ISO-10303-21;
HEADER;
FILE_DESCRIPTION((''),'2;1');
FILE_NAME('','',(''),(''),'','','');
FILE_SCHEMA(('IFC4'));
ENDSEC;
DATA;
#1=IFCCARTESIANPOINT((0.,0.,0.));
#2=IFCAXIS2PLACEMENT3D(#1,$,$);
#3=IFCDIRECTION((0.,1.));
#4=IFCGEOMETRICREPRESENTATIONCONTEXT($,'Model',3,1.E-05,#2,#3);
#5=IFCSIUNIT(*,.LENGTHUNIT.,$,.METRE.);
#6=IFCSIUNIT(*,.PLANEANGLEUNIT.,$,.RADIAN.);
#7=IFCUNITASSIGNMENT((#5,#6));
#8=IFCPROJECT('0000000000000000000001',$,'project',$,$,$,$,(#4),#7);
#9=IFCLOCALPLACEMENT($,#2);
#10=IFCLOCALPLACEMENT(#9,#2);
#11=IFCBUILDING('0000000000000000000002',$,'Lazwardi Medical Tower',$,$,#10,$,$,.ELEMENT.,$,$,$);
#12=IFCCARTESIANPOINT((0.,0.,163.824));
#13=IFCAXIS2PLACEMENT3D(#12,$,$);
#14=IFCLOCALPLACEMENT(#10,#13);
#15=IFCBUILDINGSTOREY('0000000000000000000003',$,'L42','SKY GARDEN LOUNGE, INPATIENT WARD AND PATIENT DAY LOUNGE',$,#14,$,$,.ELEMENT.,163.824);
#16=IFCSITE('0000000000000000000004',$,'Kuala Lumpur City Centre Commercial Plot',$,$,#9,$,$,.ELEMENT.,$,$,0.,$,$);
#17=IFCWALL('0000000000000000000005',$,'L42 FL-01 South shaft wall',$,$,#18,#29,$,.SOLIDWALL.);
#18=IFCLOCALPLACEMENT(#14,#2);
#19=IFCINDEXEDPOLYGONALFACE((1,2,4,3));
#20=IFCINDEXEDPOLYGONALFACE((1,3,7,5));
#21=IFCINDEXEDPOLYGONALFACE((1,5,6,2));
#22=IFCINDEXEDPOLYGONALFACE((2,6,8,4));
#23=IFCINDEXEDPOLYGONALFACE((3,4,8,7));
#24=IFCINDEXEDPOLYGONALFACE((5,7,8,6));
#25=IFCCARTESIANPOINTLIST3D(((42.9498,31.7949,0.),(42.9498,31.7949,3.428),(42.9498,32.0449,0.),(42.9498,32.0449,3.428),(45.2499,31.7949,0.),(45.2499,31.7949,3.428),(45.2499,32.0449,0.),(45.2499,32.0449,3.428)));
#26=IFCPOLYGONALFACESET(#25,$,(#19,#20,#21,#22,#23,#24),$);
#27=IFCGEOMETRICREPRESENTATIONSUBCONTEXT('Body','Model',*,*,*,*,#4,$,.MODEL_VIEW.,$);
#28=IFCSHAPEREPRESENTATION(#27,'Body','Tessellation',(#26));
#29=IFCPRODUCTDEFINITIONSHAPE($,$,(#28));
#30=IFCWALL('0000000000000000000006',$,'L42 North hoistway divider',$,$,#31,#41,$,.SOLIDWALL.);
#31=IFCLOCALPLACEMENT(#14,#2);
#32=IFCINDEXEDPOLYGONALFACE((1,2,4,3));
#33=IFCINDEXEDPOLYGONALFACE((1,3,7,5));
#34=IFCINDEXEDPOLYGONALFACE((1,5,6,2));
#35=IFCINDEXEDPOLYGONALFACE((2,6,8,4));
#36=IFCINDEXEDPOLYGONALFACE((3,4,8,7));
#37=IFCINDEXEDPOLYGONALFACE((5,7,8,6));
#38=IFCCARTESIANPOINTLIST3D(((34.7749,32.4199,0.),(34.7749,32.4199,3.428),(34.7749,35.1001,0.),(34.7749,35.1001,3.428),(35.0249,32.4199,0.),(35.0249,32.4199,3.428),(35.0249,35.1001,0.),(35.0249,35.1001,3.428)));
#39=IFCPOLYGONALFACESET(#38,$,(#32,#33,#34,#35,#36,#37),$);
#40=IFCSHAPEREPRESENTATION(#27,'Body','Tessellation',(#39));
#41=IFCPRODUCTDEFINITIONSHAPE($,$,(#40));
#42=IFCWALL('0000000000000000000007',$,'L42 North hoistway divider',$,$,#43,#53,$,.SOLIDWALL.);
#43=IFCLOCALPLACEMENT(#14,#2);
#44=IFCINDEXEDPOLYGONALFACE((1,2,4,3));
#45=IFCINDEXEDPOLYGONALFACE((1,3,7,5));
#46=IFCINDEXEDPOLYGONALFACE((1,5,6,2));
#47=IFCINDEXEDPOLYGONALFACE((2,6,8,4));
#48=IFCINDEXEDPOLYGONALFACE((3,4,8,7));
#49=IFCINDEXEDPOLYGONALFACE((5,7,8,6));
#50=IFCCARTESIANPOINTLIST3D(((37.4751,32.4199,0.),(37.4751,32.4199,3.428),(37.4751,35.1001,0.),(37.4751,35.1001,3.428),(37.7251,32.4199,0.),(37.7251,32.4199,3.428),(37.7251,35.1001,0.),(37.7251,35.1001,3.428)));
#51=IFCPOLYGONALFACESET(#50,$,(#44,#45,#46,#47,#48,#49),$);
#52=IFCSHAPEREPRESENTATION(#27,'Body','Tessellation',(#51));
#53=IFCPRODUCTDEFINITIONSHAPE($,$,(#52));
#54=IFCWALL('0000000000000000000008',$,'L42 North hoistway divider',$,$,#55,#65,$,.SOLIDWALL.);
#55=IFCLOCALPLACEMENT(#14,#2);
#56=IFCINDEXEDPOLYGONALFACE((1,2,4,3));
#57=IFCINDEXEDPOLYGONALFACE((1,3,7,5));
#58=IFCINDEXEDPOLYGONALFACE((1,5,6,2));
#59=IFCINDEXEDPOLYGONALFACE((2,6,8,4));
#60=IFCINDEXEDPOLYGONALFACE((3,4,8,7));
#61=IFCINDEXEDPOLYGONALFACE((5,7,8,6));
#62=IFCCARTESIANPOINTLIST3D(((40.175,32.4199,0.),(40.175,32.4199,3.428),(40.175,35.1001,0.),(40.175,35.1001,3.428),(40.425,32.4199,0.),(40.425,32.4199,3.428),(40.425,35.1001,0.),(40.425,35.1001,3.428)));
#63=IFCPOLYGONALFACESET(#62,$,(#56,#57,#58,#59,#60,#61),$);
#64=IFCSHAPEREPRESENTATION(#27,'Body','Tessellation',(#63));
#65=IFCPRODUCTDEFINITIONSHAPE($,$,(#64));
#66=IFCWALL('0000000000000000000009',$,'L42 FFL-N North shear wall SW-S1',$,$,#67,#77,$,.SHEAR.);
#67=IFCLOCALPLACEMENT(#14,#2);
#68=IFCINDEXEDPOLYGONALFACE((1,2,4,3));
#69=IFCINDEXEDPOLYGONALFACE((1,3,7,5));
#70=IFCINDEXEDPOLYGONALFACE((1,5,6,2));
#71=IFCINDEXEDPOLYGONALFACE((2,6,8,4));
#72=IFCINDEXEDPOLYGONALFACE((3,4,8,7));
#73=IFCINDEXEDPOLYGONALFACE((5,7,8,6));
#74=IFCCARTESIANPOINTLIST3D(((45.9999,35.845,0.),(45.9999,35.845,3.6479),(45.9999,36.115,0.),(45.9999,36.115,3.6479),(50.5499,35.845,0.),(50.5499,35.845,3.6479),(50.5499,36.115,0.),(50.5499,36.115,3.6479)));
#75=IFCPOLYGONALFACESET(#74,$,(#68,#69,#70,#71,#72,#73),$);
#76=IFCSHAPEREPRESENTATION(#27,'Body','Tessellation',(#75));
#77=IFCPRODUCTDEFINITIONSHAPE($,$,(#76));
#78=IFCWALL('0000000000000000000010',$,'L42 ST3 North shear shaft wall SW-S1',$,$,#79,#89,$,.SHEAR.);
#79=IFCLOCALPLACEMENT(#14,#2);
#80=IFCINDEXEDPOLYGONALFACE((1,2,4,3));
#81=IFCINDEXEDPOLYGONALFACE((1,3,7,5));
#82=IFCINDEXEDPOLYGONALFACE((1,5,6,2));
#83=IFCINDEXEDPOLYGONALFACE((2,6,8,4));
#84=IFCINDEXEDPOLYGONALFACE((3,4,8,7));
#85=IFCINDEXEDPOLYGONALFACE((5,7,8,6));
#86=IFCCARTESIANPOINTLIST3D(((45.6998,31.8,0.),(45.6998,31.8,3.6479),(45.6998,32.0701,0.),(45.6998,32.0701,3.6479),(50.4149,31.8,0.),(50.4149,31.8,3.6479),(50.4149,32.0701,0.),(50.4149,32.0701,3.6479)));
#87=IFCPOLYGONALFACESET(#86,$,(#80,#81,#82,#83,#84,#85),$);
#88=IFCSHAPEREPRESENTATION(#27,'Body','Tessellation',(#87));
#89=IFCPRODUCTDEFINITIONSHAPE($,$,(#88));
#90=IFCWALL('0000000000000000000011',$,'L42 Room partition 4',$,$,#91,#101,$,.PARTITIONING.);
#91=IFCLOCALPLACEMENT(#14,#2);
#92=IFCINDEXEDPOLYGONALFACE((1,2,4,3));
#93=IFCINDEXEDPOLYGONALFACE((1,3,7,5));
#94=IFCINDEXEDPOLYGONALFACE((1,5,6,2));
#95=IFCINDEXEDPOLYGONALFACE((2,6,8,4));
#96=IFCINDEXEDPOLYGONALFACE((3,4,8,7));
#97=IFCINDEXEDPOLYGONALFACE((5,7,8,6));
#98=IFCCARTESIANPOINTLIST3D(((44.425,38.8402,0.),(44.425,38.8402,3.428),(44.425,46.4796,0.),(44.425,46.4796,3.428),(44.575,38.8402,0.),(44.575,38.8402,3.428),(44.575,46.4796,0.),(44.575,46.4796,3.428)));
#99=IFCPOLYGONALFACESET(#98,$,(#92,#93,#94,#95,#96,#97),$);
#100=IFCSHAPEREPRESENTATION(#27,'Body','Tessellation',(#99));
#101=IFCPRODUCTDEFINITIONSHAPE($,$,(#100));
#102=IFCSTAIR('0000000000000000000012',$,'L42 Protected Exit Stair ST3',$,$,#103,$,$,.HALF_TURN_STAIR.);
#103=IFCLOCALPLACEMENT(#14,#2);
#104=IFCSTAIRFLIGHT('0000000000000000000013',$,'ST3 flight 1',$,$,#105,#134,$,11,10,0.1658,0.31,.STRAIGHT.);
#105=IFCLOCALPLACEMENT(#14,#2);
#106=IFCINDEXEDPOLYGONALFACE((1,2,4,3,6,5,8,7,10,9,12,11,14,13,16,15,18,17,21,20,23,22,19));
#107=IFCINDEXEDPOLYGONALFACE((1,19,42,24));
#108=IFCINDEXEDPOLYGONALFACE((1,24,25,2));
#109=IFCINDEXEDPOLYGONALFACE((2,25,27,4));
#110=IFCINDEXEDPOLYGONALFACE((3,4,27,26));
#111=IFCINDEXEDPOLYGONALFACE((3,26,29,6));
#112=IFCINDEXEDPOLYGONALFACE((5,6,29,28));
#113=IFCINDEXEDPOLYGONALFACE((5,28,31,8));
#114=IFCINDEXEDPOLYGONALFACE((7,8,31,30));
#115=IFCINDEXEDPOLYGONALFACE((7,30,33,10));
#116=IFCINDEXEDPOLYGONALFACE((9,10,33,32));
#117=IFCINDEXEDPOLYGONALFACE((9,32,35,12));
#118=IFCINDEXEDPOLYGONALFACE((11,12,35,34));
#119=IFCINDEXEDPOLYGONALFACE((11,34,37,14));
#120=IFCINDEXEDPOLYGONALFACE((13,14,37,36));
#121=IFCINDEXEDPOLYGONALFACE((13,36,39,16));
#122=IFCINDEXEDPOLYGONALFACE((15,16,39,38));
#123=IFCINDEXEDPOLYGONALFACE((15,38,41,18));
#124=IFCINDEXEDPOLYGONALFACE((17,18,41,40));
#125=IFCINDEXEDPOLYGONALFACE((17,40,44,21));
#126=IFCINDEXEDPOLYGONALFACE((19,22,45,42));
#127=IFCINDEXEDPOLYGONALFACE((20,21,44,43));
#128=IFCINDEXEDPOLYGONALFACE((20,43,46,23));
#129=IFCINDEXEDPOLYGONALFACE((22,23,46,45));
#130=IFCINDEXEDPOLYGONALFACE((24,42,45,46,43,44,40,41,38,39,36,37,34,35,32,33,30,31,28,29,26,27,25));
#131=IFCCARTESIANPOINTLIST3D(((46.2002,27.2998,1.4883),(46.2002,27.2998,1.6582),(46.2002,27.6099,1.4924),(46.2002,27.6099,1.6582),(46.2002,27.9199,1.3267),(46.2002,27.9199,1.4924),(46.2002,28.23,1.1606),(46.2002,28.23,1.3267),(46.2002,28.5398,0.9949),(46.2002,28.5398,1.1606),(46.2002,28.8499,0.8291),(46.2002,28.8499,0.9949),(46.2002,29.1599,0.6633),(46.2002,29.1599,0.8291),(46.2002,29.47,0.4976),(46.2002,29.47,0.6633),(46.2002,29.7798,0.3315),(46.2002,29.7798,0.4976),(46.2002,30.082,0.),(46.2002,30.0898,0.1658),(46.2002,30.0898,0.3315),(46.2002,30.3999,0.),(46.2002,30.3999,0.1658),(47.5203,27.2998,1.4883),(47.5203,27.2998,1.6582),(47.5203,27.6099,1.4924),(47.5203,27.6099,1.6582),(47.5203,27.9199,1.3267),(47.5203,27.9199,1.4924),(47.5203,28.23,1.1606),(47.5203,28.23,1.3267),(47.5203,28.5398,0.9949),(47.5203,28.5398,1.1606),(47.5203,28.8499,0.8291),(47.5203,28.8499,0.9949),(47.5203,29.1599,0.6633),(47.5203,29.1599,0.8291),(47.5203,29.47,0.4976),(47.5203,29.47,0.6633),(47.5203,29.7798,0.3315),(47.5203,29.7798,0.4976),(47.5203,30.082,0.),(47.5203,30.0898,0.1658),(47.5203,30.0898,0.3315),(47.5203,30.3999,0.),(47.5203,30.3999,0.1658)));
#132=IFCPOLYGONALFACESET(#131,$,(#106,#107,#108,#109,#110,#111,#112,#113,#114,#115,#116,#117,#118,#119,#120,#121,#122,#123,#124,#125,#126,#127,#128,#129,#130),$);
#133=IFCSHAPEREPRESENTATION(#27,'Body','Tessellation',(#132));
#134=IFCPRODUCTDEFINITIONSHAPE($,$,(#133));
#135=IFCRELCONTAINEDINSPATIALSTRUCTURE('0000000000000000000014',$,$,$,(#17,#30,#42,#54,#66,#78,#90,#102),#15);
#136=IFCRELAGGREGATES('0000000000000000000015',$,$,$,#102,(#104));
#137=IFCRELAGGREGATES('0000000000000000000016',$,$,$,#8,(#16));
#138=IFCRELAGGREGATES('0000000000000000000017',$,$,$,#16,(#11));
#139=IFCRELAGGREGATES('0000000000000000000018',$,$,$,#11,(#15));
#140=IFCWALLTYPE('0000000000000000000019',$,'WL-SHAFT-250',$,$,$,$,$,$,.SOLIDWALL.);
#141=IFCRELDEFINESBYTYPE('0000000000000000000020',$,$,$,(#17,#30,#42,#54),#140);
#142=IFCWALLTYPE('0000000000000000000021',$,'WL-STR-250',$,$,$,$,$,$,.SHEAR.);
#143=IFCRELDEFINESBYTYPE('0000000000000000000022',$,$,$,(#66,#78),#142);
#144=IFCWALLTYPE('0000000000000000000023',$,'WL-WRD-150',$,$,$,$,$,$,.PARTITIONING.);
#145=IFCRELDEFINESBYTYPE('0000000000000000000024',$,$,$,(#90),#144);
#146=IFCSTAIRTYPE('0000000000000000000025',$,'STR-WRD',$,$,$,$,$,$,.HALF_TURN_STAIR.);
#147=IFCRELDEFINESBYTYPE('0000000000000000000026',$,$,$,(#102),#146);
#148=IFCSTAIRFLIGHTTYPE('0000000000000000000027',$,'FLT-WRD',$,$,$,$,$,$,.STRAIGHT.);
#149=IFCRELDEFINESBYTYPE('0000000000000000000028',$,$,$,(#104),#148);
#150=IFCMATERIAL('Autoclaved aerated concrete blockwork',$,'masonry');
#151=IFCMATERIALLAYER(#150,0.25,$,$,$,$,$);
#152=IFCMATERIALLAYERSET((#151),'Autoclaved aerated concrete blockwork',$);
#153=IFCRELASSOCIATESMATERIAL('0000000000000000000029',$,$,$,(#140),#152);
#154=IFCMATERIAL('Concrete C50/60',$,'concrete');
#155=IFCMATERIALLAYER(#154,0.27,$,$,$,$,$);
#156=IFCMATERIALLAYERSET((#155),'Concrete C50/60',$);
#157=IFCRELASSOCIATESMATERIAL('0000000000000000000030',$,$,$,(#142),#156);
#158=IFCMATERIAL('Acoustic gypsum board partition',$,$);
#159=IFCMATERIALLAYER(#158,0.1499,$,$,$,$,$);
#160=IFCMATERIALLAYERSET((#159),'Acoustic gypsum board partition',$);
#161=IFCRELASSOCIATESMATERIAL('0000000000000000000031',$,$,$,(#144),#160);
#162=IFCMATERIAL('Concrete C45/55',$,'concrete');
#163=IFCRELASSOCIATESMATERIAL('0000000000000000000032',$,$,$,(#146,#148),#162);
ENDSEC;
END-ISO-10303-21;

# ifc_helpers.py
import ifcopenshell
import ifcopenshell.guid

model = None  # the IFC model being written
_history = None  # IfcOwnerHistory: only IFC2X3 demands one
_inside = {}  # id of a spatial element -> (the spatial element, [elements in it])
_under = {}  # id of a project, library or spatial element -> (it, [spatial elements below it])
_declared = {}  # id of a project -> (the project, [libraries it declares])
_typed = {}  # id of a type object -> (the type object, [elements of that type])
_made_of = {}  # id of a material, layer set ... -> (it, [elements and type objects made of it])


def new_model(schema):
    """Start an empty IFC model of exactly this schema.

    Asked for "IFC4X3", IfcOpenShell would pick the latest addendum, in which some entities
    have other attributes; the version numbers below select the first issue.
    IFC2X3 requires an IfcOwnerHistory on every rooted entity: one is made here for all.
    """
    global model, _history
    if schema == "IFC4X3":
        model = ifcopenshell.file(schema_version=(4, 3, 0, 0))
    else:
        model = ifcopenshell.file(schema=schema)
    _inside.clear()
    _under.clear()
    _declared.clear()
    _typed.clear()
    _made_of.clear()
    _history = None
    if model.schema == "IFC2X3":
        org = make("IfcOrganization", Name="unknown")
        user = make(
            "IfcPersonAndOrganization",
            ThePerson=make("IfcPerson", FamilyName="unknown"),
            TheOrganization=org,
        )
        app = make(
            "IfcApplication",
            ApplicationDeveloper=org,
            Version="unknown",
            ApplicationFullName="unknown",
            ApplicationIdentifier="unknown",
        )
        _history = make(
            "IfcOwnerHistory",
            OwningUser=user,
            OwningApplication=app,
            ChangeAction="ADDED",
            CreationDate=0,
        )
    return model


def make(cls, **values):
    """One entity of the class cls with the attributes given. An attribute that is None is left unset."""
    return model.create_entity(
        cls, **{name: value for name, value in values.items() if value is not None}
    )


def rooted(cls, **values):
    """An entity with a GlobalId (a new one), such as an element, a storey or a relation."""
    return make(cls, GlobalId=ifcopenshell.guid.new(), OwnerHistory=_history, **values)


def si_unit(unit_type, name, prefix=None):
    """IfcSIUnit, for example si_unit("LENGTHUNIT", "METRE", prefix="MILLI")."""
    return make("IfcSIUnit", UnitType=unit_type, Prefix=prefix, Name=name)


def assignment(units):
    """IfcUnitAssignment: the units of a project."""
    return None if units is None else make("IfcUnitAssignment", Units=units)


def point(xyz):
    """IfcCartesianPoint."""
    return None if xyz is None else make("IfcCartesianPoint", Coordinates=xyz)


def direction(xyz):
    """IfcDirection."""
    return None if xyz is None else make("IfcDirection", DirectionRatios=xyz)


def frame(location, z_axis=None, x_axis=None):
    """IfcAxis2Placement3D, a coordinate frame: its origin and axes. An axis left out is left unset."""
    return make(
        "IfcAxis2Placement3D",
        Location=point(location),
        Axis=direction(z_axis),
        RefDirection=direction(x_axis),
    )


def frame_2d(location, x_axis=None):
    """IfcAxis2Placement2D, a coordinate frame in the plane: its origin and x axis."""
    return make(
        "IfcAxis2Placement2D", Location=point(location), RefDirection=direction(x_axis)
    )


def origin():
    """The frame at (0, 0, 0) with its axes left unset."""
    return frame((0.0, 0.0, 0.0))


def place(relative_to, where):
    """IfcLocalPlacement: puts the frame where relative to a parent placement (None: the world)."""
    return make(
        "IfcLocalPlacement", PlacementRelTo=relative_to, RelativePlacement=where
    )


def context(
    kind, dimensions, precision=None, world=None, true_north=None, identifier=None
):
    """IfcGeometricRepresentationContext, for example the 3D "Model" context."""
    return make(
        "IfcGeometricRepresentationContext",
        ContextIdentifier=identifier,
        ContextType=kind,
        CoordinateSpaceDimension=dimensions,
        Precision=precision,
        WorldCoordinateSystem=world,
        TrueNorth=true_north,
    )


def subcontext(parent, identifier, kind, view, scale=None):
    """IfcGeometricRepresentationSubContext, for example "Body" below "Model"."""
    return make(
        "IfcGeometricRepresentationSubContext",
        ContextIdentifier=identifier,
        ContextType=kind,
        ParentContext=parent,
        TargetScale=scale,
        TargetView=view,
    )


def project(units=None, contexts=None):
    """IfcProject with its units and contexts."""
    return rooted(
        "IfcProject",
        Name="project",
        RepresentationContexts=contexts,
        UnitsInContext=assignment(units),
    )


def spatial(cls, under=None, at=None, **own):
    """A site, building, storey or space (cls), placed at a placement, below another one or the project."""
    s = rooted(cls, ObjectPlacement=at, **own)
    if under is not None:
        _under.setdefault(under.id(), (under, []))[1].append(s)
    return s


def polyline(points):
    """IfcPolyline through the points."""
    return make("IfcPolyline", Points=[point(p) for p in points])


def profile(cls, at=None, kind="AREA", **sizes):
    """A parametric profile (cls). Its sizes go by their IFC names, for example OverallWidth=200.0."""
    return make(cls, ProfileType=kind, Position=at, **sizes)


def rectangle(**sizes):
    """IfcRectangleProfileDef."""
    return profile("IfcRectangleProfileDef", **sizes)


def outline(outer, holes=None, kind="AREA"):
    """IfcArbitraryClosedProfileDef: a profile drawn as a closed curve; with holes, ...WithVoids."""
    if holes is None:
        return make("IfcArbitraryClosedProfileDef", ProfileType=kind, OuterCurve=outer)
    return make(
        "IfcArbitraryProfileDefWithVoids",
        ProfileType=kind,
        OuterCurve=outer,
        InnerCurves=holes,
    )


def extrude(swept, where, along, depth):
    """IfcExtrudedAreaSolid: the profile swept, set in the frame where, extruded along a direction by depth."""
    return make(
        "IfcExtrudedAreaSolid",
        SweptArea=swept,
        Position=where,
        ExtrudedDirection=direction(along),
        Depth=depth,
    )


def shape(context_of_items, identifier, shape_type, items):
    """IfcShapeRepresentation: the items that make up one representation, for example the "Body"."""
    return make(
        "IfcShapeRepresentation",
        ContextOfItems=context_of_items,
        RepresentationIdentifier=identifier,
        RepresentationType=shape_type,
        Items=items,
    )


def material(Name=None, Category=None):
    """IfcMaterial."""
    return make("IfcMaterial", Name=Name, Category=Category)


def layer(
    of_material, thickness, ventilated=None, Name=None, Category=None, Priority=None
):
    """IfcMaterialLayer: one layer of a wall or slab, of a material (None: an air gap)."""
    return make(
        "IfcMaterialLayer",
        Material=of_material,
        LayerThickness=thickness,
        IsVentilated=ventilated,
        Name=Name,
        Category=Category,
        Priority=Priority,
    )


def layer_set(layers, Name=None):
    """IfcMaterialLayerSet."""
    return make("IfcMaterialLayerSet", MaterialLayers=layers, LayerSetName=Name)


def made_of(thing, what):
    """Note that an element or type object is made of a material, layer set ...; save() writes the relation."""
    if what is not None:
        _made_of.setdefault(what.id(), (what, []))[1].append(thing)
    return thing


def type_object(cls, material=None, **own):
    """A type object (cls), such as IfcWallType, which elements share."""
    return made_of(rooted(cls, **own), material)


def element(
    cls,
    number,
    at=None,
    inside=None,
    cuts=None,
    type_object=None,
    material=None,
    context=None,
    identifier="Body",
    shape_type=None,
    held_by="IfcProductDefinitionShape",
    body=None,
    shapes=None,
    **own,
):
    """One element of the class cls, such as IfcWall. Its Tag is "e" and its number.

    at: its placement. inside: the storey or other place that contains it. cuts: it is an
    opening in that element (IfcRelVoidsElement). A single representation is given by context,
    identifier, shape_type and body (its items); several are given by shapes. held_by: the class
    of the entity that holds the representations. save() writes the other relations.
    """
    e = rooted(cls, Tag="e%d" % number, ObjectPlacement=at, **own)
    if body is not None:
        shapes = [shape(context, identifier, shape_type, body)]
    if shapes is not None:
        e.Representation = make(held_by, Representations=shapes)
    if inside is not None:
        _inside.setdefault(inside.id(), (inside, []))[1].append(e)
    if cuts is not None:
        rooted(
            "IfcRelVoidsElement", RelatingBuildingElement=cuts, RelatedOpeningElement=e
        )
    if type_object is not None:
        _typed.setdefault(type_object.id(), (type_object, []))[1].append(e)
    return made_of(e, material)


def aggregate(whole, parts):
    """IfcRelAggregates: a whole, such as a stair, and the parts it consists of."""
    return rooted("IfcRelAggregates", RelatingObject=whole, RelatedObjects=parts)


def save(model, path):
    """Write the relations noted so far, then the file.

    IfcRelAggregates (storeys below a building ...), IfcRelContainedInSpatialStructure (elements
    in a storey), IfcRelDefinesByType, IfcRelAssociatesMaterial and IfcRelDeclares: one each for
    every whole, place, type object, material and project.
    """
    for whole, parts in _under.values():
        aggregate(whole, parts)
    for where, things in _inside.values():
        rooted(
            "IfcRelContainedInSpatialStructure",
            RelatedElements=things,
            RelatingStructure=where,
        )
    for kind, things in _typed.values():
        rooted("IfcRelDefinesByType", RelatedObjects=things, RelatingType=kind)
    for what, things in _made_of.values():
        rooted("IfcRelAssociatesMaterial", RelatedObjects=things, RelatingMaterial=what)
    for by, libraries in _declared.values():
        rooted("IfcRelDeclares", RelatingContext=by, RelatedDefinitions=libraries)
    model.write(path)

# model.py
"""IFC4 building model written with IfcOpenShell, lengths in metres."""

from ifc_helpers import new_model, si_unit, direction, frame, frame_2d, origin, place, context, subcontext, project, spatial, polyline, rectangle, outline, extrude, material, layer, layer_set, type_object, element, aggregate, save


model = new_model("IFC4")

# Units and contexts
model_context = context("Model", 3, precision=1e-05, world=origin(), true_north=direction((0.0, 1.0)))
body_context = subcontext(model_context, "Body", "Model", "MODEL_VIEW")
ifc_project = project(units=[si_unit("LENGTHUNIT", "METRE"), si_unit("PLANEANGLEUNIT", "RADIAN")], contexts=[model_context])

# Site, building, storey
site_placement = place(None, origin())
site = spatial("IfcSite", under=ifc_project, at=site_placement, Name="Kuala Lumpur City Centre Commercial Plot", CompositionType="ELEMENT", RefElevation=0.0)
building_placement = place(site_placement, origin())
building = spatial("IfcBuilding", under=site, at=building_placement, Name="Lazwardi Medical Tower", CompositionType="ELEMENT")
storey_placement = place(building_placement, frame((0.0, 0.0, 163.824)))
storey = spatial("IfcBuildingStorey", under=building, at=storey_placement, Name="L42", Description="SKY GARDEN LOUNGE, INPATIENT WARD AND PATIENT DAY LOUNGE", CompositionType="ELEMENT", Elevation=163.824)

# Walls
ifc_material_1 = material(Name="Autoclaved aerated concrete blockwork", Category="masonry")
ifc_layer_1 = layer(ifc_material_1, 0.25)
ifc_layer_set_1 = layer_set([ifc_layer_1], Name="Autoclaved aerated concrete blockwork")
wall_type_1 = type_object("IfcWallType", Name="WL-SHAFT-250", PredefinedType="SOLIDWALL", material=ifc_layer_set_1)
wall_1_placement = place(storey_placement, frame((42.95, 31.9199, 0.0), z_axis=(0.0, 0.0, 1.0), x_axis=(1.0, 0.0, 0.0)))
element("IfcWall", 1, at=wall_1_placement, inside=storey, type_object=wall_type_1, Name="L42 FL-01 South shaft wall", PredefinedType="SOLIDWALL", context=body_context, shape_type="SweptSolid", body=[
    extrude(rectangle(XDim=2.3, YDim=0.25, at=frame_2d((1.1499, 0.0))), origin(), (0.0, 0.0, 1.0), 3.428),
])
for number, where, z_axis, x_axis, name in (
    (2, (34.8999, 32.4199, 0.0), (0.0, 0.0, 1.0), (0.0, 1.0, 0.0), "L42 North hoistway divider"),
    (3, (37.6001, 32.4199, 0.0), (0.0, 0.0, 1.0), (0.0, 1.0, 0.0), "L42 North hoistway divider"),
    (4, (40.3, 32.4199, 0.0), (0.0, 0.0, 1.0), (0.0, 1.0, 0.0), "L42 North hoistway divider"),
):
    element("IfcWall", number, at=place(storey_placement, frame(where, z_axis=z_axis, x_axis=x_axis)), inside=storey, type_object=wall_type_1, Name=name, PredefinedType="SOLIDWALL", context=body_context, shape_type="SweptSolid", body=[
        extrude(rectangle(XDim=2.6802, YDim=0.25, at=frame_2d((1.3401, 0.0))), origin(), (0.0, 0.0, 1.0), 3.428),
    ])
ifc_material_2 = material(Name="Concrete C50/60", Category="concrete")
ifc_layer_2 = layer(ifc_material_2, 0.27)
ifc_layer_set_2 = layer_set([ifc_layer_2], Name="Concrete C50/60")
wall_type_2 = type_object("IfcWallType", Name="WL-STR-250", PredefinedType="SHEAR", material=ifc_layer_set_2)
wall_2_placement = place(storey_placement, frame((46.0, 35.98, 0.0), z_axis=(0.0, 0.0, 1.0), x_axis=(1.0, 0.0, 0.0)))
element("IfcWall", 5, at=wall_2_placement, inside=storey, type_object=wall_type_2, Name="L42 FFL-N North shear wall SW-S1", PredefinedType="SHEAR", context=body_context, shape_type="SweptSolid", body=[
    extrude(rectangle(XDim=4.55, YDim=0.27, at=frame_2d((2.2749, 0.0))), origin(), (0.0, 0.0, 1.0), 3.6479),
])
wall_3_placement = place(storey_placement, frame((45.7, 31.9351, 0.0), z_axis=(0.0, 0.0, 1.0), x_axis=(1.0, 0.0, 0.0)))
element("IfcWall", 6, at=wall_3_placement, inside=storey, type_object=wall_type_2, Name="L42 ST3 North shear shaft wall SW-S1", PredefinedType="SHEAR", context=body_context, shape_type="SweptSolid", body=[
    extrude(rectangle(XDim=4.7151, YDim=0.27, at=frame_2d((2.3574, 0.0))), origin(), (0.0, 0.0, 1.0), 3.6479),
])
ifc_material_3 = material(Name="Acoustic gypsum board partition")
ifc_layer_3 = layer(ifc_material_3, 0.1499)
ifc_layer_set_3 = layer_set([ifc_layer_3], Name="Acoustic gypsum board partition")
wall_type_3 = type_object("IfcWallType", Name="WL-WRD-150", PredefinedType="PARTITIONING", material=ifc_layer_set_3)
wall_4_placement = place(storey_placement, frame((44.5, 38.8401, 0.0), z_axis=(0.0, 0.0, 1.0), x_axis=(0.0, 1.0, 0.0)))
element("IfcWall", 7, at=wall_4_placement, inside=storey, type_object=wall_type_3, Name="L42 Room partition 4", PredefinedType="PARTITIONING", context=body_context, shape_type="SweptSolid", body=[
    extrude(rectangle(XDim=7.6394, YDim=0.1499, at=frame_2d((3.8198, 0.0))), origin(), (0.0, 0.0, 1.0), 3.428),
])

# Stair, stair flight
ifc_material_4 = material(Name="Concrete C45/55", Category="concrete")
stair_type = type_object("IfcStairType", Name="STR-WRD", PredefinedType="HALF_TURN_STAIR", material=ifc_material_4)
stair_placement = place(storey_placement, origin())
stair = element("IfcStair", 8, at=stair_placement, inside=storey, type_object=stair_type, Name="L42 Protected Exit Stair ST3", PredefinedType="HALF_TURN_STAIR")
stair_flight_type = type_object("IfcStairFlightType", Name="FLT-WRD", PredefinedType="STRAIGHT", material=ifc_material_4)
stair_flight_placement = place(storey_placement, frame((46.8601, 30.3999, 0.0), z_axis=(0.0, 0.0, 1.0), x_axis=(0.0, -1.0, 0.0)))
stair_flight = element("IfcStairFlight", 9, at=stair_flight_placement, type_object=stair_flight_type, Name="ST3 flight 1", NumberOfRisers=11, NumberOfTreads=10, PredefinedType="STRAIGHT", RiserHeight=0.1658, TreadLength=0.31, context=body_context, shape_type="SweptSolid", body=[
    extrude(outline(polyline([(0.0, 0.0), (0.0, 0.1658), (0.3101, 0.1658), (0.3101, 0.3315), (0.6201, 0.3315), (0.6201, 0.4976), (0.9299, 0.4976), (0.9299, 0.6633), (1.24, 0.6633), (1.24, 0.8291), (1.55, 0.8291), (1.55, 0.9949), (1.8601, 0.9949), (1.8601, 1.1606), (2.1699, 1.1606), (2.1699, 1.3267), (2.48, 1.3267), (2.48, 1.4924), (2.79, 1.4924), (2.79, 1.6582), (3.1001, 1.6582), (3.1001, 1.824), (3.1001, 1.4883), (0.3179, 0.0), (0.0, 0.0)])), frame((0.0, 0.6602, 0.0), z_axis=(0.0, -1.0, 0.0), x_axis=(1.0, 0.0, 0.0)), (0.0, 0.0, 1.0), 1.3201),
])
aggregate(stair, [stair_flight])

save(model, "model.ifc")
